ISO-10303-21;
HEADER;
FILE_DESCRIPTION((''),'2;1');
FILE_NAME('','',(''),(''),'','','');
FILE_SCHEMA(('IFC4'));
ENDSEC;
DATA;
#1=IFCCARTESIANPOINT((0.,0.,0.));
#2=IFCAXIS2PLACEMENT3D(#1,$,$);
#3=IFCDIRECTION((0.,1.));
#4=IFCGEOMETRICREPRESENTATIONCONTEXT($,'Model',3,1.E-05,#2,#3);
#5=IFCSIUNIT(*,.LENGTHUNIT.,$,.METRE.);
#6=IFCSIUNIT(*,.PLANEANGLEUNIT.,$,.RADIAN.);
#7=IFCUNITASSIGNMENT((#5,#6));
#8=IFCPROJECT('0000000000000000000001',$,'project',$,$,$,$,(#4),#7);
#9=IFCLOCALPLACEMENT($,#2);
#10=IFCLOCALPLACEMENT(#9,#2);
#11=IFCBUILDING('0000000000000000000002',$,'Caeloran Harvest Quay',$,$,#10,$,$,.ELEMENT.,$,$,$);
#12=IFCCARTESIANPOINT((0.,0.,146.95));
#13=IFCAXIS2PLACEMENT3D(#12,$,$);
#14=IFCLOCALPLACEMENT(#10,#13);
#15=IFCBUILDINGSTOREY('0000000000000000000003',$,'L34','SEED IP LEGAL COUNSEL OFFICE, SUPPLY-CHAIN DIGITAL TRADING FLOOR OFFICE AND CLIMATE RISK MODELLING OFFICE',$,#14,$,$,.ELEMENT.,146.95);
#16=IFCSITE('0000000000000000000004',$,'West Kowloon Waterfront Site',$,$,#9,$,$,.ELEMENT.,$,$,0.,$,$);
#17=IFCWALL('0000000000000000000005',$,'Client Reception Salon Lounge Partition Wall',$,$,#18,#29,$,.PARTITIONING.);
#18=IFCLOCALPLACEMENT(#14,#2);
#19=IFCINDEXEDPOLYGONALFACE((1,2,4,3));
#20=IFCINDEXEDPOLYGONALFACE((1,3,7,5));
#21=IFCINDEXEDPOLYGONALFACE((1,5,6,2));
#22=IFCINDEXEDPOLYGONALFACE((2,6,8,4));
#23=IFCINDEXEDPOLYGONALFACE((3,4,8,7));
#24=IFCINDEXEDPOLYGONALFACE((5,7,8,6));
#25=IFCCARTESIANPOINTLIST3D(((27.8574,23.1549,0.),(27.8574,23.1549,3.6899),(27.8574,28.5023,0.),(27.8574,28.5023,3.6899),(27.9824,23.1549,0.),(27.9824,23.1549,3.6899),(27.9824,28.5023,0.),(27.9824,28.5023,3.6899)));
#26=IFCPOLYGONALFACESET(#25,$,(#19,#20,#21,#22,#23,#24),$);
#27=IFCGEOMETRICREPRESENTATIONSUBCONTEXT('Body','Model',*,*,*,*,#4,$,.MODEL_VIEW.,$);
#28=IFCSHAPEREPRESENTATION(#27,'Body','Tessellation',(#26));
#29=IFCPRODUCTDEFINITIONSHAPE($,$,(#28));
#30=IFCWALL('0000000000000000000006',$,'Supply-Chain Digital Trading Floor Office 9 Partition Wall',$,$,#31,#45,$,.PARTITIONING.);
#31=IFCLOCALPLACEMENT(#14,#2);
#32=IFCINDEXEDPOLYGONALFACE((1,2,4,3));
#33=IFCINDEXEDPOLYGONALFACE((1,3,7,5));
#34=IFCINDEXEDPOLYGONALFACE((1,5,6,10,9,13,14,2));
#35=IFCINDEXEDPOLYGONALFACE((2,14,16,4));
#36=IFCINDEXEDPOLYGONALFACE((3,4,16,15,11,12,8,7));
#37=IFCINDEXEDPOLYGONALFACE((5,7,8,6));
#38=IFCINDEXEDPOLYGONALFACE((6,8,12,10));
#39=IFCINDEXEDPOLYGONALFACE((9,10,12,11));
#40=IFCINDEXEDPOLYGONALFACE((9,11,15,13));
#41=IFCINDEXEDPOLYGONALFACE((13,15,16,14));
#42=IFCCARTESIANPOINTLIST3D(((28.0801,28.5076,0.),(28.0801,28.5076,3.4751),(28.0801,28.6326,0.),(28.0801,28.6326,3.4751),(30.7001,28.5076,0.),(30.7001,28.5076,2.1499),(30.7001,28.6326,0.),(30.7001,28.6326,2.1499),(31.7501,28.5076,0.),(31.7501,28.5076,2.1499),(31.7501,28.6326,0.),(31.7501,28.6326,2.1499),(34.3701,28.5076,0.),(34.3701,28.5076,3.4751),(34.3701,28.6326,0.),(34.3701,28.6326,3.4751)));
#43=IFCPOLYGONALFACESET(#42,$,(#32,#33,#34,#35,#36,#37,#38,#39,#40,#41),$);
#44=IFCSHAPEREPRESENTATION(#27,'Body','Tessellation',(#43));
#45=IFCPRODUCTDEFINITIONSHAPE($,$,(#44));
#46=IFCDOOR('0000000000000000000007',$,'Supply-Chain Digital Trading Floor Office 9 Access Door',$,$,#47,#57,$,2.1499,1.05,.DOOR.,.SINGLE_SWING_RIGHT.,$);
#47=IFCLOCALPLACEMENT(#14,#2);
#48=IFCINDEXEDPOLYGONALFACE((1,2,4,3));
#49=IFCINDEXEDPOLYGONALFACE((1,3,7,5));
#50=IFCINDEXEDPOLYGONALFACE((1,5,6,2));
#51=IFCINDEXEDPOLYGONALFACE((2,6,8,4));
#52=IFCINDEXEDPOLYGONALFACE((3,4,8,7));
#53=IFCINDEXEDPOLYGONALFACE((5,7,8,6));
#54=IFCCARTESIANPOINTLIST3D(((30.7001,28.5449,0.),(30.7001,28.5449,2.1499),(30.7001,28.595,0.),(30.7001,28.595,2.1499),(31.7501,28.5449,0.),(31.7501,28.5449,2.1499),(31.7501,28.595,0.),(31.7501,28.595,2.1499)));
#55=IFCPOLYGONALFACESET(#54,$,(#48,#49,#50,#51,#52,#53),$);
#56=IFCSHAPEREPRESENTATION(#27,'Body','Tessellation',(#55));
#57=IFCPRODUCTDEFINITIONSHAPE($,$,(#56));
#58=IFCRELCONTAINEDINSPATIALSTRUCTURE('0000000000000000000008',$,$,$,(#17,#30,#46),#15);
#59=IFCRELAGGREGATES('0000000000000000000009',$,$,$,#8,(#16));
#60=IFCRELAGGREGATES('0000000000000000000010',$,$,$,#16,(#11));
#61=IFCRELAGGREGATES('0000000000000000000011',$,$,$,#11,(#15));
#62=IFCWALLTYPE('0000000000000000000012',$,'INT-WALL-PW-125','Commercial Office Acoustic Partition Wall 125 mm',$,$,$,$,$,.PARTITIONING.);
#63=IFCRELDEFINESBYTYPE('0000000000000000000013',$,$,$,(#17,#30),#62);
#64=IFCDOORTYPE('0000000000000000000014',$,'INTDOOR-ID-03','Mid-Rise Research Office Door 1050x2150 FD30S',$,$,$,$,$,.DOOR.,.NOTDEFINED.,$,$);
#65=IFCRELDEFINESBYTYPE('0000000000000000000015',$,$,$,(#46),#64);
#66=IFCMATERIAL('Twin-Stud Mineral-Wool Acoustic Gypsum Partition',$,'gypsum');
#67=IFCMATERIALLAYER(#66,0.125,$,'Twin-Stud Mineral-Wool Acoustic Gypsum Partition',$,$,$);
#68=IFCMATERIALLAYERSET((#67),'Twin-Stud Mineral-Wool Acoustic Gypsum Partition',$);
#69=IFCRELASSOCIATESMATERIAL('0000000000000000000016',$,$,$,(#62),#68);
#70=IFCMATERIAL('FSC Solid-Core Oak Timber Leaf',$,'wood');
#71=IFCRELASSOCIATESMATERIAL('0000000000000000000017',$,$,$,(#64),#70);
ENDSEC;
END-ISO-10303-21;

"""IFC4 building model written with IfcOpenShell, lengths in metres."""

from ifc_helpers import new_model, si_unit, direction, frame, frame_2d, origin, place, context, subcontext, project, spatial, rectangle, extrude, material, layer, layer_set, type_object, element, fill, save


model = new_model("IFC4")

# Units and contexts
model_context = context("Model", 3, precision=1e-05, world=origin(), true_north=direction((0.0, 1.0)))
body_context = subcontext(model_context, "Body", "Model", "MODEL_VIEW")
ifc_project = project(units=[si_unit("LENGTHUNIT", "METRE"), si_unit("PLANEANGLEUNIT", "RADIAN")], contexts=[model_context])

# Site, building, storey
site_placement = place(None, origin())
site = spatial("IfcSite", under=ifc_project, at=site_placement, Name="West Kowloon Waterfront Site", CompositionType="ELEMENT", RefElevation=0.0)
building_placement = place(site_placement, origin())
building = spatial("IfcBuilding", under=site, at=building_placement, Name="Caeloran Harvest Quay", CompositionType="ELEMENT")
storey_placement = place(building_placement, frame((0.0, 0.0, 146.95)))
storey = spatial("IfcBuildingStorey", under=building, at=storey_placement, Name="L34", Description="SEED IP LEGAL COUNSEL OFFICE, SUPPLY-CHAIN DIGITAL TRADING FLOOR OFFICE AND CLIMATE RISK MODELLING OFFICE", CompositionType="ELEMENT", Elevation=146.95)

# Wall
ifc_material_1 = material(Name="Twin-Stud Mineral-Wool Acoustic Gypsum Partition", Category="gypsum")
ifc_layer = layer(ifc_material_1, 0.125, Name="Twin-Stud Mineral-Wool Acoustic Gypsum Partition")
ifc_layer_set = layer_set([ifc_layer], Name="Twin-Stud Mineral-Wool Acoustic Gypsum Partition")
wall_type = type_object("IfcWallType", Name="INT-WALL-PW-125", Description="Commercial Office Acoustic Partition Wall 125 mm", PredefinedType="PARTITIONING", material=ifc_layer_set)
wall_1_placement = place(storey_placement, frame((27.9199, 28.5024, 0.0), z_axis=(0.0, 0.0, 1.0), x_axis=(0.0, -1.0, 0.0)))
element("IfcWall", 1, at=wall_1_placement, inside=storey, type_object=wall_type, Name="Client Reception Salon Lounge Partition Wall", PredefinedType="PARTITIONING", context=body_context, shape_type="SweptSolid", body=[
    extrude(rectangle(XDim=5.3474, YDim=0.125, at=frame_2d((2.6738, 0.0))), origin(), (0.0, 0.0, 1.0), 3.6899),
])

# Wall, opening, door
wall_2_placement = place(storey_placement, frame((28.0801, 28.5701, 0.0), z_axis=(0.0, 0.0, 1.0), x_axis=(1.0, 0.0, 0.0)))
wall_2 = element("IfcWall", 2, at=wall_2_placement, inside=storey, type_object=wall_type, Name="Supply-Chain Digital Trading Floor Office 9 Partition Wall", PredefinedType="PARTITIONING", context=body_context, shape_type="SweptSolid", body=[
    extrude(rectangle(XDim=6.29, YDim=0.125, at=frame_2d((3.145, 0.0))), origin(), (0.0, 0.0, 1.0), 3.4751),
])
opening_placement = place(wall_2_placement, frame((2.6201, 0.0, 0.0)))
opening = element("IfcOpeningElement", 3, at=opening_placement, cuts=wall_2, PredefinedType="OPENING", context=body_context, shape_type="SweptSolid", body=[
    extrude(rectangle(XDim=1.05, YDim=2.1499, at=frame_2d((0.5249, 1.075))), frame((0.0, 0.0725, 0.0), z_axis=(0.0, -1.0, 0.0), x_axis=(1.0, 0.0, 0.0)), (0.0, 0.0, 1.0), 0.145),
])
ifc_material_2 = material(Name="FSC Solid-Core Oak Timber Leaf", Category="wood")
door_type = type_object("IfcDoorType", Name="INTDOOR-ID-03", Description="Mid-Rise Research Office Door 1050x2150 FD30S", OperationType="NOTDEFINED", PredefinedType="DOOR", material=ifc_material_2)
door_placement = place(opening_placement, origin())
door = element("IfcDoor", 4, at=door_placement, inside=storey, type_object=door_type, Name="Supply-Chain Digital Trading Floor Office 9 Access Door", OperationType="SINGLE_SWING_RIGHT", OverallHeight=2.1499, OverallWidth=1.05, PredefinedType="DOOR", context=body_context, shape_type="SweptSolid", body=[
    extrude(rectangle(XDim=1.05, YDim=2.1499, at=frame_2d((0.5249, 1.075))), frame((0.0, 0.0249, 0.0), z_axis=(0.0, -1.0, 0.0), x_axis=(1.0, 0.0, 0.0)), (0.0, 0.0, 1.0), 0.05),
])
fill(opening, door)

save(model, "model.ifc")
